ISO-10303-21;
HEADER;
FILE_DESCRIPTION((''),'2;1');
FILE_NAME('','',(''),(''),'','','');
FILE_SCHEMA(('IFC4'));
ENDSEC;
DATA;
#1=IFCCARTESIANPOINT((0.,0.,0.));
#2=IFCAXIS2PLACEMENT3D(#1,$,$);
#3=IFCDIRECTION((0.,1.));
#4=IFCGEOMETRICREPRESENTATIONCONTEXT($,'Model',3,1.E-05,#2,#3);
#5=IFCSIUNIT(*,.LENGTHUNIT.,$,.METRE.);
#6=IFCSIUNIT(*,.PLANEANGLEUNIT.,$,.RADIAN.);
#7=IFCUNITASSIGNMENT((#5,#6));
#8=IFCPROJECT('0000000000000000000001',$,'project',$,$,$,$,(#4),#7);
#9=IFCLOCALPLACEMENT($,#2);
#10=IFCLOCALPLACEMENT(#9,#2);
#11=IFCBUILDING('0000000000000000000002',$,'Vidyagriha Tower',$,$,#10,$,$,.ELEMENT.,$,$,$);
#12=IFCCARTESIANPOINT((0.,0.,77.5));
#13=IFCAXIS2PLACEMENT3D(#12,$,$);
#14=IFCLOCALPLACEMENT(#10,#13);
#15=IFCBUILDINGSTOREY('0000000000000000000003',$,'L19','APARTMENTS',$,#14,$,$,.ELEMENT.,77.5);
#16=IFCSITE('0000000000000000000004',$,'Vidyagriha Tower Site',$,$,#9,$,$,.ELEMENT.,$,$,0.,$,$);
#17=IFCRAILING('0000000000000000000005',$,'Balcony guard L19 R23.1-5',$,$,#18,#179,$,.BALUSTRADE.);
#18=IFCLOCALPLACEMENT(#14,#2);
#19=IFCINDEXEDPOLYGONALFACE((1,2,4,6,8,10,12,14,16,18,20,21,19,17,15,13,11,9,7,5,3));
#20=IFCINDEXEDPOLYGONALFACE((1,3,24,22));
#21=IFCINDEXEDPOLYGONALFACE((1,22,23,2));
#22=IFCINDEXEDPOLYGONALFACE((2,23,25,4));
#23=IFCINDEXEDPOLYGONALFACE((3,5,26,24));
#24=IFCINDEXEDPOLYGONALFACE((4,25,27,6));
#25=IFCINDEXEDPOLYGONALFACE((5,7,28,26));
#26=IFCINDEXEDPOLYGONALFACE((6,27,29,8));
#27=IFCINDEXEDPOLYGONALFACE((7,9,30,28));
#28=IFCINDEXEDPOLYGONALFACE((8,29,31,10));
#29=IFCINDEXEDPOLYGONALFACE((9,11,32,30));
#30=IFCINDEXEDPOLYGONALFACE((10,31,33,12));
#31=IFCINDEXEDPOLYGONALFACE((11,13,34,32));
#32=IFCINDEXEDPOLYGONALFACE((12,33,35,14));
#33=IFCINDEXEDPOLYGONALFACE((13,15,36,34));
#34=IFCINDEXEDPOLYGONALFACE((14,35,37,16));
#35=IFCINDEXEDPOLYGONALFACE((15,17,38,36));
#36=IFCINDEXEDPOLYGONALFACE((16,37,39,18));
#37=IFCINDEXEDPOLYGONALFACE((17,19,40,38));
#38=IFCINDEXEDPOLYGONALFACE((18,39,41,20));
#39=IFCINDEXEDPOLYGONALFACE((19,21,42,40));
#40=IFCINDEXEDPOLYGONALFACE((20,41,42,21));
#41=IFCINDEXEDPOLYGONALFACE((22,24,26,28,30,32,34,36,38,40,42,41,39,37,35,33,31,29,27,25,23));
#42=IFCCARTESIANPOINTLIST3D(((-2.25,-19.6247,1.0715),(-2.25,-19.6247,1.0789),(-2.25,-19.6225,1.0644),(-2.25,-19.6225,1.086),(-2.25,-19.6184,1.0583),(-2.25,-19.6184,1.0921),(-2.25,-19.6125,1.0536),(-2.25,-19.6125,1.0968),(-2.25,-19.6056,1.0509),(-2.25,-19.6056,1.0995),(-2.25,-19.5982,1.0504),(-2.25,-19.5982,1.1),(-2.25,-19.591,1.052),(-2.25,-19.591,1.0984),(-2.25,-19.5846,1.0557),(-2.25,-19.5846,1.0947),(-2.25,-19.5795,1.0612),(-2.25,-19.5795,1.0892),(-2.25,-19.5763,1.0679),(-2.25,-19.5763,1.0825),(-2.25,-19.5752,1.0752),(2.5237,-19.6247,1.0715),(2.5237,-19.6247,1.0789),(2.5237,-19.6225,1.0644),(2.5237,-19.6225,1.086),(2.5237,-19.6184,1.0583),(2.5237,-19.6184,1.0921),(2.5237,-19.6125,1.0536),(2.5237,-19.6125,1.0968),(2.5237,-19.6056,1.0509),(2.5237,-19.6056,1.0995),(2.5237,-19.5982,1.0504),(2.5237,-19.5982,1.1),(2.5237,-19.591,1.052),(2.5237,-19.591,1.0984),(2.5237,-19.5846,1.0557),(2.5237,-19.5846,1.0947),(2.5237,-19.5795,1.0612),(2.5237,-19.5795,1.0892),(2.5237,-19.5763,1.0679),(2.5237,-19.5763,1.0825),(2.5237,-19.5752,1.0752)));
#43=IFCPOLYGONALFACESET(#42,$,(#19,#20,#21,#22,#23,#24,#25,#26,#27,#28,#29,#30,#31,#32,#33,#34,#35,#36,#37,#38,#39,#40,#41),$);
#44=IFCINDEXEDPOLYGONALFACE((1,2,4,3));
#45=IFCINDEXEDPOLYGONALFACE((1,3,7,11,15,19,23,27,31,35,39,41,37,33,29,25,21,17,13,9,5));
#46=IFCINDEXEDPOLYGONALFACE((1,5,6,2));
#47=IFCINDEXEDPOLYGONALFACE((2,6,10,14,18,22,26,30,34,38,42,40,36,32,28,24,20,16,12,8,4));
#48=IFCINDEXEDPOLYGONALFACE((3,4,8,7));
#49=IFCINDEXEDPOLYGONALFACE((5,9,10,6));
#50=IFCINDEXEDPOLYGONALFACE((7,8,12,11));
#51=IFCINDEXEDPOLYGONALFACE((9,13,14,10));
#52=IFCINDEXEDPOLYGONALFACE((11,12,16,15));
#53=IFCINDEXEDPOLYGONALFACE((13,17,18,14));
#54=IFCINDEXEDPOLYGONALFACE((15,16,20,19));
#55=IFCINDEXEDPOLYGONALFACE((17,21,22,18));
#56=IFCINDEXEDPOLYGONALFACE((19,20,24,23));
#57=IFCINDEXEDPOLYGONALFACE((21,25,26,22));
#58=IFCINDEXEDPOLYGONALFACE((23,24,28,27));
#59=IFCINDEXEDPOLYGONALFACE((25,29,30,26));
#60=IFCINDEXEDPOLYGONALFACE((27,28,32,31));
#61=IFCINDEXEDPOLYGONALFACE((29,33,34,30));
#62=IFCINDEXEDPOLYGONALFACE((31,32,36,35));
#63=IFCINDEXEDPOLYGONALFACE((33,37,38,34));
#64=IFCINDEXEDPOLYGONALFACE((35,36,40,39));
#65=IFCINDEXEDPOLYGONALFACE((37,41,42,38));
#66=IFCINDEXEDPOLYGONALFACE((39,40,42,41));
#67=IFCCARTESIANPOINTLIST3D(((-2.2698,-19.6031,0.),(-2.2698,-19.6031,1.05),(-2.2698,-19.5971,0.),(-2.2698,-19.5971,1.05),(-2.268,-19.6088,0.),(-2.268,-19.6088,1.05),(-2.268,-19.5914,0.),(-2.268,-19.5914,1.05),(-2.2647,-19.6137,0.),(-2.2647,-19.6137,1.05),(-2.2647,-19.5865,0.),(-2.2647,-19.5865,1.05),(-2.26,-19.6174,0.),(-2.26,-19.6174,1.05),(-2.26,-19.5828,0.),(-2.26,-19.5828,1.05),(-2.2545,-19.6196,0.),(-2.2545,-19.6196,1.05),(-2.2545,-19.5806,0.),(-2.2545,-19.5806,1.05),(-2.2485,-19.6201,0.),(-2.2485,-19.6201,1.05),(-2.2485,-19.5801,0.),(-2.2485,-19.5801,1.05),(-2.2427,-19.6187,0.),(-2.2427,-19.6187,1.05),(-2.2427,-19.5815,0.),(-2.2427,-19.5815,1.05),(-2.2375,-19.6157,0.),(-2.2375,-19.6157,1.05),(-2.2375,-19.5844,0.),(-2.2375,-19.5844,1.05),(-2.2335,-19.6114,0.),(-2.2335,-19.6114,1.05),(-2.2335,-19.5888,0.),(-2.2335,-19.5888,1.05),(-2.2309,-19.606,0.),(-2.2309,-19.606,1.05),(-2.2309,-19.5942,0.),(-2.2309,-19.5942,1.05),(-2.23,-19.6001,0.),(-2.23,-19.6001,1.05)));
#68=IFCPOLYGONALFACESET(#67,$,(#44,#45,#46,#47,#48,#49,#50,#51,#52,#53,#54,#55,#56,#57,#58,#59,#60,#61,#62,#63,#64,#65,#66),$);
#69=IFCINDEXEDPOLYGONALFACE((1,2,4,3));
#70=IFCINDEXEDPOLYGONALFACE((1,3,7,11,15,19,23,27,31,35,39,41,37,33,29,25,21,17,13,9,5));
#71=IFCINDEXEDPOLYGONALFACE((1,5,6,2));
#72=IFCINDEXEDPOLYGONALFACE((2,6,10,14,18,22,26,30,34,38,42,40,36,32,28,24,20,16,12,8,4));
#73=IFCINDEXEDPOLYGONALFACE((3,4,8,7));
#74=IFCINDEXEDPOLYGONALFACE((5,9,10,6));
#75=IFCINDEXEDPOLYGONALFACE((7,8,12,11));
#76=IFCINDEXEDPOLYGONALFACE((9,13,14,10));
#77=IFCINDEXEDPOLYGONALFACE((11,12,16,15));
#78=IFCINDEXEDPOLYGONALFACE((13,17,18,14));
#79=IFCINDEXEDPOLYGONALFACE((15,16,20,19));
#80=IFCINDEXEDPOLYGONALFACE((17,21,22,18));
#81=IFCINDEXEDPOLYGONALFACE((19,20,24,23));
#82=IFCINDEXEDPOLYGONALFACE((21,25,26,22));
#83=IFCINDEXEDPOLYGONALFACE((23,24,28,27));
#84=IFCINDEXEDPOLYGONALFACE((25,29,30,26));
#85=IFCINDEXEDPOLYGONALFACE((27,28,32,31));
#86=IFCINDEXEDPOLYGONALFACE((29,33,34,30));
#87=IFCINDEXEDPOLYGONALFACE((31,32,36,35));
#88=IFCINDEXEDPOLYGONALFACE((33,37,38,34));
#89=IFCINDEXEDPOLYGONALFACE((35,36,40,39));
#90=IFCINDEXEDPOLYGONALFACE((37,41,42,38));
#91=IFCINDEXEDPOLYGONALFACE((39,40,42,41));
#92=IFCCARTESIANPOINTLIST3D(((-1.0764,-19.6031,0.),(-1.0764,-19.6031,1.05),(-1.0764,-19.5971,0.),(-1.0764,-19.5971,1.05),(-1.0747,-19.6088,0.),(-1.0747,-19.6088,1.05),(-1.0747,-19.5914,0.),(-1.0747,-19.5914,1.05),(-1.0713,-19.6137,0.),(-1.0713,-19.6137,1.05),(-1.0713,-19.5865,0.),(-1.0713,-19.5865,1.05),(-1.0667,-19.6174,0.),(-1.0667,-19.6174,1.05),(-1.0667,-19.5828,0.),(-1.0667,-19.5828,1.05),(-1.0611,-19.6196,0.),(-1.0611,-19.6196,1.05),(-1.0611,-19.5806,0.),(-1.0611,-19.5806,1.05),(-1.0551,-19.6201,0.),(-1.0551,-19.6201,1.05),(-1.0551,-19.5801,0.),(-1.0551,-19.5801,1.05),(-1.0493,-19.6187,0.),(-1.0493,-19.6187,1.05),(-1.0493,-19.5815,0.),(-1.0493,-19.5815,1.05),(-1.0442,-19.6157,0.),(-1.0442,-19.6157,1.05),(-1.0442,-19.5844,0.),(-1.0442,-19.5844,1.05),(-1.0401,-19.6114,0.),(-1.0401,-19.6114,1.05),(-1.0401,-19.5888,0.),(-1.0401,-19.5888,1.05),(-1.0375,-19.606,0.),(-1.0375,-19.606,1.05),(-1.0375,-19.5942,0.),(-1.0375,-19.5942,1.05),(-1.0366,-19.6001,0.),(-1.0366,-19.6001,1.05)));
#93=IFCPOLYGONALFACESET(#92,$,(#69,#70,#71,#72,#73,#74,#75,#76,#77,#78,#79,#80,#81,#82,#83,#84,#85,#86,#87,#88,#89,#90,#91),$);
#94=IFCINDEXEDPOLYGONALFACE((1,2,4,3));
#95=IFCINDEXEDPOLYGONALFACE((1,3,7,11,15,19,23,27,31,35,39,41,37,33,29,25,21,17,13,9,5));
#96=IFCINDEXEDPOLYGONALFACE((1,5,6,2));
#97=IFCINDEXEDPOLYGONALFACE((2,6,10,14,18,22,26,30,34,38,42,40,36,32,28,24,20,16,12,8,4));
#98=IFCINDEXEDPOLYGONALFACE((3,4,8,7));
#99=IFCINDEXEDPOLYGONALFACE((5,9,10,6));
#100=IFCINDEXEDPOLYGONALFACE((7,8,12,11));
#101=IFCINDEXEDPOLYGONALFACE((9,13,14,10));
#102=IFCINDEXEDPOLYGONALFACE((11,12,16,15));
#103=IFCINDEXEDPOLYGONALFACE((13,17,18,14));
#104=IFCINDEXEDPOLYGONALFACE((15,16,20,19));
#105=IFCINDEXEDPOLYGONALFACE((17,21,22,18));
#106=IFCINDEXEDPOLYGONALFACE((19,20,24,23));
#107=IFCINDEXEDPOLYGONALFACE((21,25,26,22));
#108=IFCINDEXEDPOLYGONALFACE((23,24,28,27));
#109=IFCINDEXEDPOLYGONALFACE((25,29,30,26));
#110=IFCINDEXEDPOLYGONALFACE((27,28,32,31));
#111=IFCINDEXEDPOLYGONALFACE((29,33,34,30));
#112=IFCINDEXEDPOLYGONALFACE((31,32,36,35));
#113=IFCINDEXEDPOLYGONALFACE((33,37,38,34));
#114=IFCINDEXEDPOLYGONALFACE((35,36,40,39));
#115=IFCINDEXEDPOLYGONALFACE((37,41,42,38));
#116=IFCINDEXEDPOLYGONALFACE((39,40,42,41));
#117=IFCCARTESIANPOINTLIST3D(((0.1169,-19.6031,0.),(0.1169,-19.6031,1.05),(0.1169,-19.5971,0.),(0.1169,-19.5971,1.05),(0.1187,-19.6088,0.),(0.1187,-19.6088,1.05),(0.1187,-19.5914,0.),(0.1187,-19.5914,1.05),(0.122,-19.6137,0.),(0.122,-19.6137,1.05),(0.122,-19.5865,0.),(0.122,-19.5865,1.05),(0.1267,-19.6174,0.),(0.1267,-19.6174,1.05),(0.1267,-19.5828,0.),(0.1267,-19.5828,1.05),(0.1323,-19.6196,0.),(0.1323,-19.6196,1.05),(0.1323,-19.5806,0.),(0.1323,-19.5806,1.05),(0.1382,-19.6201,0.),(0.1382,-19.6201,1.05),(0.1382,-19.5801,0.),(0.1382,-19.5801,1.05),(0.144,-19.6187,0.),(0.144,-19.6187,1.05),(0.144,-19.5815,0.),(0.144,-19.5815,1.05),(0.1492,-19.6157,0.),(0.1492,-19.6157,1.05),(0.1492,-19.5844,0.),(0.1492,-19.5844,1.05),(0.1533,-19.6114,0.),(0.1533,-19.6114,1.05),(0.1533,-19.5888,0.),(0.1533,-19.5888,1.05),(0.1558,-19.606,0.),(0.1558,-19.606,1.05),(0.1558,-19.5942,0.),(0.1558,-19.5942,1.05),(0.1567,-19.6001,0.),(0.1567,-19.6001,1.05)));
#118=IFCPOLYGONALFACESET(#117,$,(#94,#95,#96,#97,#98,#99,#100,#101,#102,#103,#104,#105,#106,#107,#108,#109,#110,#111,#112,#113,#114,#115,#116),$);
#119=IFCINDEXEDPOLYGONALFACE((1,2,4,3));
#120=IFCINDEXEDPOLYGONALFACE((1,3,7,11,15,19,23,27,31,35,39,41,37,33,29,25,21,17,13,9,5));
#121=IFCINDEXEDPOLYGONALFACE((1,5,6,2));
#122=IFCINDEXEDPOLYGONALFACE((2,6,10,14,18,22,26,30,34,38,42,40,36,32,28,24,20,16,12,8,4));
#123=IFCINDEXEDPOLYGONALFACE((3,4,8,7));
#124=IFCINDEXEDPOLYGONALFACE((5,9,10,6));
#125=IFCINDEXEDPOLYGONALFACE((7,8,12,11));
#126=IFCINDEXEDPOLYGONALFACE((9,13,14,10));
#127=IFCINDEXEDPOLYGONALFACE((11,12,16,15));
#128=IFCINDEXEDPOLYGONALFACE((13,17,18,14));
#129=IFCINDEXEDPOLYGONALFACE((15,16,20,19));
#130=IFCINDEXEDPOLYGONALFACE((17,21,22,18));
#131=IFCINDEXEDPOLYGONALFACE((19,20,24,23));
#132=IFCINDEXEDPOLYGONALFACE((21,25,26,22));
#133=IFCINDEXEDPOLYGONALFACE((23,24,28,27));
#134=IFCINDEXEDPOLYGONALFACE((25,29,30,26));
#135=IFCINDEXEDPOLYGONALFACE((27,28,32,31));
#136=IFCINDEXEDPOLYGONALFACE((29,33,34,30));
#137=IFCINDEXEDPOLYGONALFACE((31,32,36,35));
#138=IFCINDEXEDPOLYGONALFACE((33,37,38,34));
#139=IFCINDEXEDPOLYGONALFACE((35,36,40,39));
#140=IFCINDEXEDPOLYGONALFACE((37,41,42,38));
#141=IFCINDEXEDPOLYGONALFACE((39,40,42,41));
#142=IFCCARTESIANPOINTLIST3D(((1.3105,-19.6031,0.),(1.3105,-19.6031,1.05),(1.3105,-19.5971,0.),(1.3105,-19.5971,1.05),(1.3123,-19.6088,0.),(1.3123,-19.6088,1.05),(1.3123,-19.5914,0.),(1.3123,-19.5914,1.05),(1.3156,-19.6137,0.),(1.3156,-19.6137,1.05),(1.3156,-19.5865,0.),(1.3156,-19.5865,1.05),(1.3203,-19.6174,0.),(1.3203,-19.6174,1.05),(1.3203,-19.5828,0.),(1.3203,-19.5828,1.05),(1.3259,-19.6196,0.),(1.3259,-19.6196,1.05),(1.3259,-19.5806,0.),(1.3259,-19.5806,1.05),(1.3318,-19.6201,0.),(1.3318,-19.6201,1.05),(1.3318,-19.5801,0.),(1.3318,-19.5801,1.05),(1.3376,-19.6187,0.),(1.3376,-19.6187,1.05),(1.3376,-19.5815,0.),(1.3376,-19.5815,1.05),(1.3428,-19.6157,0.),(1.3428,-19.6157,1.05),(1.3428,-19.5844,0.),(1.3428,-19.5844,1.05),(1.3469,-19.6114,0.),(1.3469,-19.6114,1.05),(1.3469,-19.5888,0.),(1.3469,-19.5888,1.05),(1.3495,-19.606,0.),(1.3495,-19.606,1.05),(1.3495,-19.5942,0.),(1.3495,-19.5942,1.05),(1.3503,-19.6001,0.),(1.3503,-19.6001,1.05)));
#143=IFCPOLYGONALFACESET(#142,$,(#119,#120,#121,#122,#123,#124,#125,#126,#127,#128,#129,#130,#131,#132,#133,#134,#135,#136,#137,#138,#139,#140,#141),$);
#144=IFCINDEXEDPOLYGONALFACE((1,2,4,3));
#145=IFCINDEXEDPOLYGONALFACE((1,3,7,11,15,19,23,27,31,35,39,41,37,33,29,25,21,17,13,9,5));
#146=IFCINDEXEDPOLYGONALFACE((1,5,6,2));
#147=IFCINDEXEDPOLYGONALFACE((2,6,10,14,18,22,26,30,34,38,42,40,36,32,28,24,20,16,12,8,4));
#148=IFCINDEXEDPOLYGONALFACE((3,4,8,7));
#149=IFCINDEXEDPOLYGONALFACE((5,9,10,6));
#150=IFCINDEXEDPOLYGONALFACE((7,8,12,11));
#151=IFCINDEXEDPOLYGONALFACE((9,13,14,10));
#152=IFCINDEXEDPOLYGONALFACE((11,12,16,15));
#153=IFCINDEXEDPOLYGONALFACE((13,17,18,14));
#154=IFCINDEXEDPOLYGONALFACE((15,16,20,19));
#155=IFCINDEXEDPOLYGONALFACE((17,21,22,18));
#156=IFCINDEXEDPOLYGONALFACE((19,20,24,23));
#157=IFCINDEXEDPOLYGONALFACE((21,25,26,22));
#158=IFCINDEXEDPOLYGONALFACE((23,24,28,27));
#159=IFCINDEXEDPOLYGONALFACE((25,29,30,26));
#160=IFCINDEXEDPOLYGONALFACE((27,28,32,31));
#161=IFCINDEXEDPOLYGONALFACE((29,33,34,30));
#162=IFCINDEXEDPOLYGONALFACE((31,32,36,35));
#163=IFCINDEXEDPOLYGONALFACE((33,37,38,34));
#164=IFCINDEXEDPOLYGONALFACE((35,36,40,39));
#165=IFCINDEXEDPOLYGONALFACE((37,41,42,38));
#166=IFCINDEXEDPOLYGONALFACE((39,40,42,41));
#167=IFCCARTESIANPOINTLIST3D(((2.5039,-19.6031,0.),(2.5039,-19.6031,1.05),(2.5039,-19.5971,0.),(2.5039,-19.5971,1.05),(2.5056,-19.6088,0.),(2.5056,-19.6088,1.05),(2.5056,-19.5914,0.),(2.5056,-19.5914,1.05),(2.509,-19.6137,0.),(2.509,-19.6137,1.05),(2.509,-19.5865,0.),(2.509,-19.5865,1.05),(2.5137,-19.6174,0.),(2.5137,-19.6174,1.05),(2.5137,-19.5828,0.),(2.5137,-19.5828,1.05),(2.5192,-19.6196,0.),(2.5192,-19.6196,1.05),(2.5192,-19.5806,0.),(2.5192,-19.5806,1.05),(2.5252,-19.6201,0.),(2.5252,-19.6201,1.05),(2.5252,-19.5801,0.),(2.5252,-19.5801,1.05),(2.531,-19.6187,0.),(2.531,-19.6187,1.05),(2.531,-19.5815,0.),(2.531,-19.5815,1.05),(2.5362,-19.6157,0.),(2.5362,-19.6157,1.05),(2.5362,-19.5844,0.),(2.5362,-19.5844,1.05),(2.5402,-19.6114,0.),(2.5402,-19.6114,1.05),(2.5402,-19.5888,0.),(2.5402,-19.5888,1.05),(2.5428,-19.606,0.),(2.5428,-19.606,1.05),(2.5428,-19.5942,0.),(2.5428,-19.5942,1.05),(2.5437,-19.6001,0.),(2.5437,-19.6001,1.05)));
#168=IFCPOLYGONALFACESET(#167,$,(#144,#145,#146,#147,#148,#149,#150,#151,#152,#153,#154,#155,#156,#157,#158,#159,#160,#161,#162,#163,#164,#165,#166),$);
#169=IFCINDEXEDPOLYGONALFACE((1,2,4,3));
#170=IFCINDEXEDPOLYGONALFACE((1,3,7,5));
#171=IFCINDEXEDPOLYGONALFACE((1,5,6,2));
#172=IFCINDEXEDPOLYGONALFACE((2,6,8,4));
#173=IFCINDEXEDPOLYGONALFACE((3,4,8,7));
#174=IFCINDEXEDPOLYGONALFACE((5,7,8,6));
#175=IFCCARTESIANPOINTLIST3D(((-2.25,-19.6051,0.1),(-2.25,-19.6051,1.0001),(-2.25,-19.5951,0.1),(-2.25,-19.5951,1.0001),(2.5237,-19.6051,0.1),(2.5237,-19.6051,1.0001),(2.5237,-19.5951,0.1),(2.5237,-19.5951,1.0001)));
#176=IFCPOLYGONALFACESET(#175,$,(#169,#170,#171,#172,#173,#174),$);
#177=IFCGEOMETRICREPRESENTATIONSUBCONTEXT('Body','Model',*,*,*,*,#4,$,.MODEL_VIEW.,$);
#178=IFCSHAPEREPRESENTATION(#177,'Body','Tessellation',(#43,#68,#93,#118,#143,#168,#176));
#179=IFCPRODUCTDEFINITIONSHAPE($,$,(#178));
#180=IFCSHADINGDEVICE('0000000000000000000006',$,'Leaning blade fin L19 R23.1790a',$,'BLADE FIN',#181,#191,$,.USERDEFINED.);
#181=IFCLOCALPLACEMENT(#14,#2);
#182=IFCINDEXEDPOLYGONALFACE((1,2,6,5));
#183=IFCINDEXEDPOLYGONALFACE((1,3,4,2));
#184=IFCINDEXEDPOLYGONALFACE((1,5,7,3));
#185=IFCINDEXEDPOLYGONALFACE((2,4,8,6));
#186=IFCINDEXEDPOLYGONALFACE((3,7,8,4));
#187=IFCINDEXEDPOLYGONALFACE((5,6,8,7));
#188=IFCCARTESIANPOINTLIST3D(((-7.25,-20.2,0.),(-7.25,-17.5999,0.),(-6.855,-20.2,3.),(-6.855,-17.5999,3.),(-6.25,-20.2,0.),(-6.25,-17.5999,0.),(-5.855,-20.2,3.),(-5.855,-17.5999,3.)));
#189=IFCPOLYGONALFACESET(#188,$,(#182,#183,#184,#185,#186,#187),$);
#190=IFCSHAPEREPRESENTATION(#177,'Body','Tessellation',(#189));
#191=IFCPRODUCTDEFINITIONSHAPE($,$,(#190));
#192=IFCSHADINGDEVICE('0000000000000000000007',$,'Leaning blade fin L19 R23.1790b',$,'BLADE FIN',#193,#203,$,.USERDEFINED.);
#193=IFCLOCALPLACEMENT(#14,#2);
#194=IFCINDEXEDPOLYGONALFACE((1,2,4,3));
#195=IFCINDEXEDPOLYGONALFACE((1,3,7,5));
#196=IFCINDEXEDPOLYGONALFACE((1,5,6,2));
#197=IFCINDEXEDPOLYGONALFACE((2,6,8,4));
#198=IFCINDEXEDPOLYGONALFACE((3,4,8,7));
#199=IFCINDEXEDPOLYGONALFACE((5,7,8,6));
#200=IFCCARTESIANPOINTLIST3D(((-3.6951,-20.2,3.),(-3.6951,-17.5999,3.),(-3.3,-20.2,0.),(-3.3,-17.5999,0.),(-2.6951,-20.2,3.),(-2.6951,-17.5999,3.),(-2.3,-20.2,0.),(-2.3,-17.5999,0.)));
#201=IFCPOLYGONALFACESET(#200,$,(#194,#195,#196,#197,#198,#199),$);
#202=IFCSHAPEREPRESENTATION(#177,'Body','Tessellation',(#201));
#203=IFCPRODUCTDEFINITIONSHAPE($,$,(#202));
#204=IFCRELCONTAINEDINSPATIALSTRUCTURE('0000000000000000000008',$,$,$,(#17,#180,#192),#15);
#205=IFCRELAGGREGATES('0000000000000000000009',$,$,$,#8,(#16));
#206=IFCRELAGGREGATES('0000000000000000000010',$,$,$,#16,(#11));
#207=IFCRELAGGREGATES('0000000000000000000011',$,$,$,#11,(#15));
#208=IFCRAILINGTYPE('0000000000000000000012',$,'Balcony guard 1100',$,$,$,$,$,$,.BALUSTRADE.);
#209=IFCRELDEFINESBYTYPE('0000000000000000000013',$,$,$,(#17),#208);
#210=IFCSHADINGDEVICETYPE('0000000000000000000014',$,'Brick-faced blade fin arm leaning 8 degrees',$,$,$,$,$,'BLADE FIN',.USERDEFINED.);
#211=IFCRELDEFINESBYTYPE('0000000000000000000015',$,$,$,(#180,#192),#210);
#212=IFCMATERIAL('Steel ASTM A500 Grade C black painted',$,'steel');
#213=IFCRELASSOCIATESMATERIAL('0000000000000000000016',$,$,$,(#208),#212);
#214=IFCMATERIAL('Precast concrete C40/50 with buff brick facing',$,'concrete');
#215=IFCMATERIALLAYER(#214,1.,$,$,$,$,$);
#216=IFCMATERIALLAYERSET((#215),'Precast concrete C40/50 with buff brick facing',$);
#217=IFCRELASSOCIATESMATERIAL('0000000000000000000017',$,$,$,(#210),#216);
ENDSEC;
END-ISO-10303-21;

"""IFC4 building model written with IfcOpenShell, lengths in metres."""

from ifc_helpers import new_model, si_unit, direction, frame, origin, origin_2d, place, context, subcontext, project, spatial, polyline, rectangle, circle, outline, extrude, material, layer, layer_set, type_object, element, save


model = new_model("IFC4")

# Units and contexts
model_context = context("Model", 3, precision=1e-05, world=origin(), true_north=direction((0.0, 1.0)))
body_context = subcontext(model_context, "Body", "Model", "MODEL_VIEW")
ifc_project = project(units=[si_unit("LENGTHUNIT", "METRE"), si_unit("PLANEANGLEUNIT", "RADIAN")], contexts=[model_context])

# Site, building, storey
site_placement = place(None, origin())
site = spatial("IfcSite", under=ifc_project, at=site_placement, Name="Vidyagriha Tower Site", CompositionType="ELEMENT", RefElevation=0.0)
building_placement = place(site_placement, origin())
building = spatial("IfcBuilding", under=site, at=building_placement, Name="Vidyagriha Tower", CompositionType="ELEMENT")
storey_placement = place(building_placement, frame((0.0, 0.0, 77.5)))
storey = spatial("IfcBuildingStorey", under=building, at=storey_placement, Name="L19", Description="APARTMENTS", CompositionType="ELEMENT", Elevation=77.5)

# Railing
ifc_material_1 = material(Name="Steel ASTM A500 Grade C black painted", Category="steel")
railing_type = type_object("IfcRailingType", Name="Balcony guard 1100", PredefinedType="BALUSTRADE", material=ifc_material_1)
railing_1_placement = place(storey_placement, frame((-2.25, -19.6001, 0.0)))
element("IfcRailing", 1, at=railing_1_placement, inside=storey, type_object=railing_type, Name="Balcony guard L19 R23.1-5", PredefinedType="BALUSTRADE", context=body_context, shape_type="SweptSolid", body=[
    extrude(circle(Radius=0.0249, at=origin_2d()), frame((0.0, 0.0, 1.0752), z_axis=(1.0, 0.0, 0.0), x_axis=(0.0, 1.0, 0.0)), (0.0, 0.0, 1.0), 4.7737),
    extrude(circle(Radius=0.02, at=origin_2d()), origin(), (0.0, 0.0, 1.0), 1.05),
    extrude(circle(Radius=0.02, at=origin_2d()), frame((1.1934, 0.0, 0.0)), (0.0, 0.0, 1.0), 1.05),
    extrude(circle(Radius=0.02, at=origin_2d()), frame((2.3867, 0.0, 0.0)), (0.0, 0.0, 1.0), 1.05),
    extrude(circle(Radius=0.02, at=origin_2d()), frame((3.5803, 0.0, 0.0)), (0.0, 0.0, 1.0), 1.05),
    extrude(circle(Radius=0.02, at=origin_2d()), frame((4.7737, 0.0, 0.0)), (0.0, 0.0, 1.0), 1.05),
    extrude(rectangle(XDim=0.01, YDim=0.9001, at=origin_2d()), frame((0.0, 0.0, 0.55), z_axis=(1.0, 0.0, 0.0), x_axis=(0.0, 1.0, 0.0)), (0.0, 0.0, 1.0), 4.7737),
])

# Shading devices
ifc_material_2 = material(Name="Precast concrete C40/50 with buff brick facing", Category="concrete")
ifc_layer_1 = layer(ifc_material_2, 1.0)
ifc_layer_set_1 = layer_set([ifc_layer_1], Name="Precast concrete C40/50 with buff brick facing")
shading_device_type_1 = type_object("IfcShadingDeviceType", Name="Brick-faced blade fin arm leaning 8 degrees", ElementType="BLADE FIN", PredefinedType="USERDEFINED", material=ifc_layer_set_1)
shading_device_1_placement = place(storey_placement, frame((-7.25, -18.8999, 0.0)))
element("IfcShadingDevice", 2, at=shading_device_1_placement, inside=storey, type_object=shading_device_type_1, Name="Leaning blade fin L19 R23.1790a", ObjectType="BLADE FIN", PredefinedType="USERDEFINED", context=body_context, shape_type="SweptSolid", body=[
    extrude(outline(polyline([(0.0, 0.0), (1.0, 0.0), (1.395, 3.0), (0.395, 3.0), (0.0, 0.0)])), frame((0.0, 1.3, 0.0), z_axis=(0.0, -1.0, 0.0), x_axis=(1.0, 0.0, 0.0)), (0.0, 0.0, 1.0), 2.6001),
])
shading_device_2_placement = place(storey_placement, frame((-3.6951, -18.8999, 0.0)))
element("IfcShadingDevice", 3, at=shading_device_2_placement, inside=storey, type_object=shading_device_type_1, Name="Leaning blade fin L19 R23.1790b", ObjectType="BLADE FIN", PredefinedType="USERDEFINED", context=body_context, shape_type="SweptSolid", body=[
    extrude(outline(polyline([(0.395, 0.0), (1.395, 0.0), (1.0, 3.0), (0.0, 3.0), (0.395, 0.0)])), frame((0.0, 1.3, 0.0), z_axis=(0.0, -1.0, 0.0), x_axis=(1.0, 0.0, 0.0)), (0.0, 0.0, 1.0), 2.6001),
])

save(model, "model.ifc")
